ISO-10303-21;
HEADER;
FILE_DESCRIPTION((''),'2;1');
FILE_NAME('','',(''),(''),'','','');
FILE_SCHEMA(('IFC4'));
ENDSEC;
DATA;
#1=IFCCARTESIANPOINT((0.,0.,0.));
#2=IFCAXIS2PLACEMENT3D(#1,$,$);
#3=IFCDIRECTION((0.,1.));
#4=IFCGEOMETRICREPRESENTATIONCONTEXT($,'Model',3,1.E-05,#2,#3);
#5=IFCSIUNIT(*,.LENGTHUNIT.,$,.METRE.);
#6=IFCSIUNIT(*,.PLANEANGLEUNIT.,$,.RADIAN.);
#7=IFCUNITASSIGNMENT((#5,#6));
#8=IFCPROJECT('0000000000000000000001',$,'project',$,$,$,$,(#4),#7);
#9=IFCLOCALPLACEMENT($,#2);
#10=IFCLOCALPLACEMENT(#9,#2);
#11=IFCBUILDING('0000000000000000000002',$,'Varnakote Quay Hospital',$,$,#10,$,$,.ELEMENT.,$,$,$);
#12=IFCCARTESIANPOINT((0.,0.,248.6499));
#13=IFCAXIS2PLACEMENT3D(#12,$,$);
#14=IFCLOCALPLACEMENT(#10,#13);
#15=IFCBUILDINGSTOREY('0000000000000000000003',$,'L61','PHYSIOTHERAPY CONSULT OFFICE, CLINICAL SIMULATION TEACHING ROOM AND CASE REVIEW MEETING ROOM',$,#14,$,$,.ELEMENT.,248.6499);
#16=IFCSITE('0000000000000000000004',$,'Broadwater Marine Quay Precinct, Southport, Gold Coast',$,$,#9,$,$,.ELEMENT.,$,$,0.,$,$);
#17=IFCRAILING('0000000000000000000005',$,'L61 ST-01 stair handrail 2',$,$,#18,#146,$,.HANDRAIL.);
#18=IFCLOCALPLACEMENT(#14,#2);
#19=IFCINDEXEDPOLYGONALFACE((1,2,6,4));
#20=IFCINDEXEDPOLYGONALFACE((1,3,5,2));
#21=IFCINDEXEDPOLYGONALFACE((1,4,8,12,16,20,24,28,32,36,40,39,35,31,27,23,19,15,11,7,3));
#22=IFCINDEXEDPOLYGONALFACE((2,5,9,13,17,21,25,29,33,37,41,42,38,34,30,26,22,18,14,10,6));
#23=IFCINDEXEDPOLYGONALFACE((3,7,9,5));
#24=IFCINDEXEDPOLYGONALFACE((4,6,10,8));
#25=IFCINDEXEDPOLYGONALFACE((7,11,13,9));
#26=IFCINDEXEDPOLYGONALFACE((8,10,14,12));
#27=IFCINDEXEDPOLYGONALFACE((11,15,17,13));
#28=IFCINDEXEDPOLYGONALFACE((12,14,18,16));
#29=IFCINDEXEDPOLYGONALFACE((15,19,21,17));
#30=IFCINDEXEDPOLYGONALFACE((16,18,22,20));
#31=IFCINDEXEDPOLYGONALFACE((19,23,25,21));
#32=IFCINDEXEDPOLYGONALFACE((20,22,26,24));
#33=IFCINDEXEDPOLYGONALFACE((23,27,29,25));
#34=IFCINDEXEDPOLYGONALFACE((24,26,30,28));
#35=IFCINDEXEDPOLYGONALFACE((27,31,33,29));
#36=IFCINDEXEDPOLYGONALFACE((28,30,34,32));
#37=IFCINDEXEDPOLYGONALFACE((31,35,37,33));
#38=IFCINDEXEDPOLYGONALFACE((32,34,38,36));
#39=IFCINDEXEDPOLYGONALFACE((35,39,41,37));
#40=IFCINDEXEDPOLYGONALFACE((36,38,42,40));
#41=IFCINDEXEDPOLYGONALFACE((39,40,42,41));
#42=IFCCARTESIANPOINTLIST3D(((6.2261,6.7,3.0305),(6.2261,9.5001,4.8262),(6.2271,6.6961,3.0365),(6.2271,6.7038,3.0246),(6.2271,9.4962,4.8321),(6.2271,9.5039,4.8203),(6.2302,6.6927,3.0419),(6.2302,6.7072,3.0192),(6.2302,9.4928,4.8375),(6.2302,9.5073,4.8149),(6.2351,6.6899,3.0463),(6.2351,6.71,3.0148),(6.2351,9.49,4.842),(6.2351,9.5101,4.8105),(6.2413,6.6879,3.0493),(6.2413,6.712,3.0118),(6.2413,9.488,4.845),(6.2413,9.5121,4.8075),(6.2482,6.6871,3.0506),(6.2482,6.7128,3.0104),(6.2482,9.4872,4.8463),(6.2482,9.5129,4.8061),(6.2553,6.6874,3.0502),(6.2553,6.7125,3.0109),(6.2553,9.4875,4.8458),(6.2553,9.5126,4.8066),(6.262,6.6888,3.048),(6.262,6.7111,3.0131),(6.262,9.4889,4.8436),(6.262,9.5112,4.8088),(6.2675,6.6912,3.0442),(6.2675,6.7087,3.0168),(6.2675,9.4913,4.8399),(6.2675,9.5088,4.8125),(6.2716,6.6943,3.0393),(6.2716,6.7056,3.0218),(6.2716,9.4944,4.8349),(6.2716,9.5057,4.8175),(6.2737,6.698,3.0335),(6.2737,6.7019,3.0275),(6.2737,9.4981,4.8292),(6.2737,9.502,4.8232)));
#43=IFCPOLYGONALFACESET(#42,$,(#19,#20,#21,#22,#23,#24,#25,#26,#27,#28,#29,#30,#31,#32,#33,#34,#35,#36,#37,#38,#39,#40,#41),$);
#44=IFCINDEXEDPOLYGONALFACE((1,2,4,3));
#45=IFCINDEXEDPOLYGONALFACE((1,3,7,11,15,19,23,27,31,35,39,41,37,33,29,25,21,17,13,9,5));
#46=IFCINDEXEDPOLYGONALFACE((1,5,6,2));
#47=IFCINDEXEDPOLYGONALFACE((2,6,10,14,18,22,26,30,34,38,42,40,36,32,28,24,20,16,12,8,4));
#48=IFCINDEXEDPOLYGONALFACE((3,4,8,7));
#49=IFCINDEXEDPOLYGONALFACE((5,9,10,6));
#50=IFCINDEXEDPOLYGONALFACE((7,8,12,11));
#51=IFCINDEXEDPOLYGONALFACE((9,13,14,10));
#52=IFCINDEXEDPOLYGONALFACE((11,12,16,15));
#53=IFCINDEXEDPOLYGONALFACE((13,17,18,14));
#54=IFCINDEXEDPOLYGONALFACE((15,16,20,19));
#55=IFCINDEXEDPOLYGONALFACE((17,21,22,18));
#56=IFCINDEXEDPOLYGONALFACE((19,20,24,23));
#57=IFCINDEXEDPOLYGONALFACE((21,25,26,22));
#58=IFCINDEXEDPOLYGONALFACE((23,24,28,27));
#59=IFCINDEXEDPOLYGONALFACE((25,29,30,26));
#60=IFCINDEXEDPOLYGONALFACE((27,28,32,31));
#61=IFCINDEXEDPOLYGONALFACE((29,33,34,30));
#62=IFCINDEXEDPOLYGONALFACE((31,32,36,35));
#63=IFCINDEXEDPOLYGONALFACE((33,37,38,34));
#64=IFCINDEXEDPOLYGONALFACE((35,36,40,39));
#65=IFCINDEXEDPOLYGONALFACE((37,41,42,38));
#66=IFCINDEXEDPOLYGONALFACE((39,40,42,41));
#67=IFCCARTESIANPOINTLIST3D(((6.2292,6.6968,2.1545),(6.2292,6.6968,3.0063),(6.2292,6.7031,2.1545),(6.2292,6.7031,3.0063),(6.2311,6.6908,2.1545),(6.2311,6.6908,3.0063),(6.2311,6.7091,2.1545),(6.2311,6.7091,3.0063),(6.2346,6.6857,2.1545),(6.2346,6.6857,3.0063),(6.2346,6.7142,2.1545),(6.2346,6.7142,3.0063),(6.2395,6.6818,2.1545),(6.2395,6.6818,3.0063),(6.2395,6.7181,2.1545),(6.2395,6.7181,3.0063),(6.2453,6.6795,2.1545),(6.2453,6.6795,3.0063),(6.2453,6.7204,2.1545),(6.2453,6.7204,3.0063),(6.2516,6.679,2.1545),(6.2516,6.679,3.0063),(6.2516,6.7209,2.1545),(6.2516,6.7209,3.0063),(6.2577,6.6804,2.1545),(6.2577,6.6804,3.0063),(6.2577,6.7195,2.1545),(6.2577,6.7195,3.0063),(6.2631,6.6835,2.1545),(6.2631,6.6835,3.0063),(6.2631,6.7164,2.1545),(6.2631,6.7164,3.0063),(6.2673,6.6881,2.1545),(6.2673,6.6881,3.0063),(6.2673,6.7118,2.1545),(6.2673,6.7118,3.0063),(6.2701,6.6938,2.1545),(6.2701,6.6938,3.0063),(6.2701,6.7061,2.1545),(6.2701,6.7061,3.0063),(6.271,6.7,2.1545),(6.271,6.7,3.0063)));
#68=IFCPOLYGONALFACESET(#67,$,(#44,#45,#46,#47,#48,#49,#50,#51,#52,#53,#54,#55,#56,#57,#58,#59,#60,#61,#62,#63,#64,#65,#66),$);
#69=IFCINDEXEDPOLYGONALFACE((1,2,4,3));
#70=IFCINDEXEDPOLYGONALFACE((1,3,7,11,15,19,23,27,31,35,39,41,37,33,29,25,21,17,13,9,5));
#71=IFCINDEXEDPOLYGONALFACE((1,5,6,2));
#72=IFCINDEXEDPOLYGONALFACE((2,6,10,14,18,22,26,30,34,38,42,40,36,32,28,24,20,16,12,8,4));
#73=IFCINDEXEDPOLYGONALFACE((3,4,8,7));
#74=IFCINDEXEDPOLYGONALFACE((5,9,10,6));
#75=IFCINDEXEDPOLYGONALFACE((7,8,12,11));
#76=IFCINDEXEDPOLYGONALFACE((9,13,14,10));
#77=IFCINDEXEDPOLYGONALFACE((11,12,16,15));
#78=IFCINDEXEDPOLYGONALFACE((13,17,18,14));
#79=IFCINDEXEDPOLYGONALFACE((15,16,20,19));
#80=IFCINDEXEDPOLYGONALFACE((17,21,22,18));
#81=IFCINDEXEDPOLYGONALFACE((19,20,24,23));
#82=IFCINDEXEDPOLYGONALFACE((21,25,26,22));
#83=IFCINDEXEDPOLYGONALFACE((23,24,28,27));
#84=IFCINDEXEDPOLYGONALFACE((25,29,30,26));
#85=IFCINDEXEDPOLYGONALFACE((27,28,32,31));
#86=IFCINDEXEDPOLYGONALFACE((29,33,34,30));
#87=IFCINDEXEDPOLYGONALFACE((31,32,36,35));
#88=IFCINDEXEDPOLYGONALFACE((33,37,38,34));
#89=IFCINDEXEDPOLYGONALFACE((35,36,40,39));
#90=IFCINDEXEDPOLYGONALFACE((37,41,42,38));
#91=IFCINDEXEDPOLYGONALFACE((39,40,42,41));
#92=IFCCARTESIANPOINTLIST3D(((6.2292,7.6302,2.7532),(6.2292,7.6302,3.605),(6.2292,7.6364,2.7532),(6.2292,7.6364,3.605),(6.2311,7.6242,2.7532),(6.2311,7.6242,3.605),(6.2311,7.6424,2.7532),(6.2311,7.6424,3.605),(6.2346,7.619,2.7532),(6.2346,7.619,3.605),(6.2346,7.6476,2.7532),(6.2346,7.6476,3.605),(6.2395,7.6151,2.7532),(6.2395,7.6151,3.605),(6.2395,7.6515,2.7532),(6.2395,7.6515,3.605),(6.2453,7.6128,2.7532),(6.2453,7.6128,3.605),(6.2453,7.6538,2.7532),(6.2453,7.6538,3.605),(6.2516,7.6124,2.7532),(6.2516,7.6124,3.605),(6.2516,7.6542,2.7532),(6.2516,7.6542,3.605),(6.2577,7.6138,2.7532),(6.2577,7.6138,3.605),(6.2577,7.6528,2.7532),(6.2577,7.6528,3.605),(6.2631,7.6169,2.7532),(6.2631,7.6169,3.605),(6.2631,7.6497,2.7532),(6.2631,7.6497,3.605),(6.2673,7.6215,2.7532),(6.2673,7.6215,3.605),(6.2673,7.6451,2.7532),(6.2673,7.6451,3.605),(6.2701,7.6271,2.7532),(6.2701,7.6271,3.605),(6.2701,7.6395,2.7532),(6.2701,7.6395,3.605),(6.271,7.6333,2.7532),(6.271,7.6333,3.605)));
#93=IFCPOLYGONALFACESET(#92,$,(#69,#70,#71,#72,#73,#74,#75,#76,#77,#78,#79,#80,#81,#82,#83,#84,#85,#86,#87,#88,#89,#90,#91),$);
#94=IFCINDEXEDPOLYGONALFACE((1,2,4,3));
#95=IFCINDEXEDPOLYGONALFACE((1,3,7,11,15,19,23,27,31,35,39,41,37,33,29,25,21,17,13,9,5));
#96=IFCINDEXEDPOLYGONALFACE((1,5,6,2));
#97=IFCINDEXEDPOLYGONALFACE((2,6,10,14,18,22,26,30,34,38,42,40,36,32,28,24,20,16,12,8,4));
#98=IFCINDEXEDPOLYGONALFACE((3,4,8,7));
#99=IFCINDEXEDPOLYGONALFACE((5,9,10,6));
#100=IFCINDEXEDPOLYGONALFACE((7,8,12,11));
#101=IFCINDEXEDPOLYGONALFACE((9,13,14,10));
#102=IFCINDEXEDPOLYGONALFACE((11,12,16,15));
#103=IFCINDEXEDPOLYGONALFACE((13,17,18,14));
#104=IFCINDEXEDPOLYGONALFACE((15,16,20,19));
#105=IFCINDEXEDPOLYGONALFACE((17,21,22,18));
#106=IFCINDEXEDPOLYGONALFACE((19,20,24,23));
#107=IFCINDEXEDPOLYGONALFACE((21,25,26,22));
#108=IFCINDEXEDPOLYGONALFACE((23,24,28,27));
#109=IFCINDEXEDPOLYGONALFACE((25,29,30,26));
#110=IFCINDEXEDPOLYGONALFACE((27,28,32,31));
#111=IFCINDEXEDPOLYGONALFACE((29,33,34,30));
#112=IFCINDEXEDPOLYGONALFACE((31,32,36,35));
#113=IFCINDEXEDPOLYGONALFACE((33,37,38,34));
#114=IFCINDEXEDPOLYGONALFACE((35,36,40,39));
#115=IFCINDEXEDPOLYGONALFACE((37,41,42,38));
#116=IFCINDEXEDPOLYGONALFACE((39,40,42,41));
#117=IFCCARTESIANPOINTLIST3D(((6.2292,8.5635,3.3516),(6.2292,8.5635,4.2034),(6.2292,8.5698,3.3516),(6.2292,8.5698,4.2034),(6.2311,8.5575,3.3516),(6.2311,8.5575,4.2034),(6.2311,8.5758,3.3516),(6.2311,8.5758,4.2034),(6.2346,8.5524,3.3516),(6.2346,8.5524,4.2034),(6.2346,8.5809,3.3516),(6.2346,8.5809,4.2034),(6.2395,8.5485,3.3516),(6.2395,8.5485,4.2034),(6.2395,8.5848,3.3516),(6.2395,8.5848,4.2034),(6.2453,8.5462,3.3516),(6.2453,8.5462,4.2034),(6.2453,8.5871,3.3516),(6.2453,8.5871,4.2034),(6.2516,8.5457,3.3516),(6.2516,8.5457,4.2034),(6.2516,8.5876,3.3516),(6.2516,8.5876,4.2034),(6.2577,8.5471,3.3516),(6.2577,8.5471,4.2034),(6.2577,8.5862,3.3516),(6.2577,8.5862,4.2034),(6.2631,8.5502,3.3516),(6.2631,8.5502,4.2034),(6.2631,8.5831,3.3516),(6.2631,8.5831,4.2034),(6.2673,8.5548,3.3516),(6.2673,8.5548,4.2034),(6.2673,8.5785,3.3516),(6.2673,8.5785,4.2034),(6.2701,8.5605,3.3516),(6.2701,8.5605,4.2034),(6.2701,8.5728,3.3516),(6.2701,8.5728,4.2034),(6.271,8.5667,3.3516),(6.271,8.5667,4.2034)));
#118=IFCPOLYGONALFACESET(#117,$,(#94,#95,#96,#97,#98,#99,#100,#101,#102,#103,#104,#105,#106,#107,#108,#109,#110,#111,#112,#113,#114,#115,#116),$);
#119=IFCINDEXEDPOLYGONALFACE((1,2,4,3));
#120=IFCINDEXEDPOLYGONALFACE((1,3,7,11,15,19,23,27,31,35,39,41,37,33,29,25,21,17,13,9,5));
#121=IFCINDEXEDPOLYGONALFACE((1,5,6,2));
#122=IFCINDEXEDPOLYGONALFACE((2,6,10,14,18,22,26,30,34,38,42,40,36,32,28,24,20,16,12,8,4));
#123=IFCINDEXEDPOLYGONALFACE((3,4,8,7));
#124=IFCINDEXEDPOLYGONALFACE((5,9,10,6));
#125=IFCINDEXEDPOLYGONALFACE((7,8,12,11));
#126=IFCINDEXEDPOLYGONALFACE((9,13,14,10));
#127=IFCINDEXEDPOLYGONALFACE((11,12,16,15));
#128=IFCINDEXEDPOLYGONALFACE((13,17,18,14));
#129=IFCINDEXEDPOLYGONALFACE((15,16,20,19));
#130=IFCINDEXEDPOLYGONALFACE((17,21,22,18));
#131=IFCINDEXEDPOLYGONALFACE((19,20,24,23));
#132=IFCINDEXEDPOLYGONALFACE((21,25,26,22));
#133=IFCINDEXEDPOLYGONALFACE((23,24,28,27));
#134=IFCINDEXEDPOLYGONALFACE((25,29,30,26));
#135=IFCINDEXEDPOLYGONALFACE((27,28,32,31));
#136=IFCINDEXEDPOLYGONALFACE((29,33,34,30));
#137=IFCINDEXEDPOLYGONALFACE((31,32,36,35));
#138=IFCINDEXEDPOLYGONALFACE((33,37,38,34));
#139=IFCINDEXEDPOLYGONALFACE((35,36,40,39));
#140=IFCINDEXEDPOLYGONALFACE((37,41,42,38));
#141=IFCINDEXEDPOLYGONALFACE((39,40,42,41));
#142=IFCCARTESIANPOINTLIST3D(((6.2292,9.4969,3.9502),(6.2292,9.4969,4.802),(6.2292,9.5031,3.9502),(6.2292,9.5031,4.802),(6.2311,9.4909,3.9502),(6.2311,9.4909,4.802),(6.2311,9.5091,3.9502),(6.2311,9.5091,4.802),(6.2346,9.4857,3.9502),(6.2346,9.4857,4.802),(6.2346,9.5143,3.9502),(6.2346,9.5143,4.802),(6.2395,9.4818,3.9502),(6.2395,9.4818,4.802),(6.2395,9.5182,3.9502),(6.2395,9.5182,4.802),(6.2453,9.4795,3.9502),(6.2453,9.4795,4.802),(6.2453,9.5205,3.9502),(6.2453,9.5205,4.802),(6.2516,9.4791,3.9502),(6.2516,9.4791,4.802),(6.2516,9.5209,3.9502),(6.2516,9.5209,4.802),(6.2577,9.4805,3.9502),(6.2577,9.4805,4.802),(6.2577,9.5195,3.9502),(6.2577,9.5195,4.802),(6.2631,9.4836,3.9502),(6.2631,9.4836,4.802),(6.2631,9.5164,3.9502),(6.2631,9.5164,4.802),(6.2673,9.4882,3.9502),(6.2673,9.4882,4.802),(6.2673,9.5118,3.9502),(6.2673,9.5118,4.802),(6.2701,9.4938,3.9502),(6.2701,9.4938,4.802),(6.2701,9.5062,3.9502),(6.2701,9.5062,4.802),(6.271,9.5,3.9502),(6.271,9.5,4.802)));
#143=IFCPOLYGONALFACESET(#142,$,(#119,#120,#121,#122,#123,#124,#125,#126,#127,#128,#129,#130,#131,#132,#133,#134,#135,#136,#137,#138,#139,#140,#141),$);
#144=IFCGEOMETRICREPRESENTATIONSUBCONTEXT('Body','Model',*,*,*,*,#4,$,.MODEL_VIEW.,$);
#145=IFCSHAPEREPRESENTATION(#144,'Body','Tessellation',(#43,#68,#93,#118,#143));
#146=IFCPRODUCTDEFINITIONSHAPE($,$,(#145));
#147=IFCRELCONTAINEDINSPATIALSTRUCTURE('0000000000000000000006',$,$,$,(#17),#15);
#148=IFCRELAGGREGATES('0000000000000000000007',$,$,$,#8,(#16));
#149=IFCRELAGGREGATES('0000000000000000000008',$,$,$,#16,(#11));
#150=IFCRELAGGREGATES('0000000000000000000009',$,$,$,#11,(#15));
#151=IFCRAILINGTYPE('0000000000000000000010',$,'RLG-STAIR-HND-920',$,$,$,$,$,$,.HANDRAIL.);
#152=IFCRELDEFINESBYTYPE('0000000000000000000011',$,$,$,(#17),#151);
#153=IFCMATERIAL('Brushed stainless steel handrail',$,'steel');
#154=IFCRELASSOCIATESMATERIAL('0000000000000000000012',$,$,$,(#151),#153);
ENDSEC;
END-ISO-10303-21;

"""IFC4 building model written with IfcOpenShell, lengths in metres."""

from ifc_helpers import new_model, si_unit, direction, frame, origin, origin_2d, place, context, subcontext, project, spatial, circle, extrude, material, type_object, element, save


model = new_model("IFC4")

# Units and contexts
model_context = context("Model", 3, precision=1e-05, world=origin(), true_north=direction((0.0, 1.0)))
body_context = subcontext(model_context, "Body", "Model", "MODEL_VIEW")
ifc_project = project(units=[si_unit("LENGTHUNIT", "METRE"), si_unit("PLANEANGLEUNIT", "RADIAN")], contexts=[model_context])

# Site, building, storey
site_placement = place(None, origin())
site = spatial("IfcSite", under=ifc_project, at=site_placement, Name="Broadwater Marine Quay Precinct, Southport, Gold Coast", CompositionType="ELEMENT", RefElevation=0.0)
building_placement = place(site_placement, origin())
building = spatial("IfcBuilding", under=site, at=building_placement, Name="Varnakote Quay Hospital", CompositionType="ELEMENT")
storey_placement = place(building_placement, frame((0.0, 0.0, 248.6499)))
storey = spatial("IfcBuildingStorey", under=building, at=storey_placement, Name="L61", Description="PHYSIOTHERAPY CONSULT OFFICE, CLINICAL SIMULATION TEACHING ROOM AND CASE REVIEW MEETING ROOM", CompositionType="ELEMENT", Elevation=248.6499)

# Railing
ifc_material_1 = material(Name="Brushed stainless steel handrail", Category="steel")
railing_type_1 = type_object("IfcRailingType", Name="RLG-STAIR-HND-920", PredefinedType="HANDRAIL", material=ifc_material_1)
railing_1_placement = place(storey_placement, frame((6.25, 6.7, 2.1545)))
element("IfcRailing", 1, at=railing_1_placement, inside=storey, type_object=railing_type_1, Name="L61 ST-01 stair handrail 2", PredefinedType="HANDRAIL", context=body_context, shape_type="SweptSolid", body=[
    extrude(circle(Radius=0.0239, at=origin_2d()), frame((0.0, 0.0, 0.876), z_axis=(0.0, 0.841777, 0.539826), x_axis=(-1.0, 0.0, 0.0)), (0.0, 0.0, 1.0), 3.3264),
    extrude(circle(Radius=0.021, at=origin_2d()), origin(), (0.0, 0.0, 1.0), 0.8518),
    extrude(circle(Radius=0.021, at=origin_2d()), frame((0.0, 0.9333, 0.5986)), (0.0, 0.0, 1.0), 0.8518),
    extrude(circle(Radius=0.021, at=origin_2d()), frame((0.0, 1.8667, 1.197)), (0.0, 0.0, 1.0), 0.8518),
    extrude(circle(Radius=0.021, at=origin_2d()), frame((0.0, 2.8, 1.7957)), (0.0, 0.0, 1.0), 0.8518),
])

save(model, "model.ifc")
